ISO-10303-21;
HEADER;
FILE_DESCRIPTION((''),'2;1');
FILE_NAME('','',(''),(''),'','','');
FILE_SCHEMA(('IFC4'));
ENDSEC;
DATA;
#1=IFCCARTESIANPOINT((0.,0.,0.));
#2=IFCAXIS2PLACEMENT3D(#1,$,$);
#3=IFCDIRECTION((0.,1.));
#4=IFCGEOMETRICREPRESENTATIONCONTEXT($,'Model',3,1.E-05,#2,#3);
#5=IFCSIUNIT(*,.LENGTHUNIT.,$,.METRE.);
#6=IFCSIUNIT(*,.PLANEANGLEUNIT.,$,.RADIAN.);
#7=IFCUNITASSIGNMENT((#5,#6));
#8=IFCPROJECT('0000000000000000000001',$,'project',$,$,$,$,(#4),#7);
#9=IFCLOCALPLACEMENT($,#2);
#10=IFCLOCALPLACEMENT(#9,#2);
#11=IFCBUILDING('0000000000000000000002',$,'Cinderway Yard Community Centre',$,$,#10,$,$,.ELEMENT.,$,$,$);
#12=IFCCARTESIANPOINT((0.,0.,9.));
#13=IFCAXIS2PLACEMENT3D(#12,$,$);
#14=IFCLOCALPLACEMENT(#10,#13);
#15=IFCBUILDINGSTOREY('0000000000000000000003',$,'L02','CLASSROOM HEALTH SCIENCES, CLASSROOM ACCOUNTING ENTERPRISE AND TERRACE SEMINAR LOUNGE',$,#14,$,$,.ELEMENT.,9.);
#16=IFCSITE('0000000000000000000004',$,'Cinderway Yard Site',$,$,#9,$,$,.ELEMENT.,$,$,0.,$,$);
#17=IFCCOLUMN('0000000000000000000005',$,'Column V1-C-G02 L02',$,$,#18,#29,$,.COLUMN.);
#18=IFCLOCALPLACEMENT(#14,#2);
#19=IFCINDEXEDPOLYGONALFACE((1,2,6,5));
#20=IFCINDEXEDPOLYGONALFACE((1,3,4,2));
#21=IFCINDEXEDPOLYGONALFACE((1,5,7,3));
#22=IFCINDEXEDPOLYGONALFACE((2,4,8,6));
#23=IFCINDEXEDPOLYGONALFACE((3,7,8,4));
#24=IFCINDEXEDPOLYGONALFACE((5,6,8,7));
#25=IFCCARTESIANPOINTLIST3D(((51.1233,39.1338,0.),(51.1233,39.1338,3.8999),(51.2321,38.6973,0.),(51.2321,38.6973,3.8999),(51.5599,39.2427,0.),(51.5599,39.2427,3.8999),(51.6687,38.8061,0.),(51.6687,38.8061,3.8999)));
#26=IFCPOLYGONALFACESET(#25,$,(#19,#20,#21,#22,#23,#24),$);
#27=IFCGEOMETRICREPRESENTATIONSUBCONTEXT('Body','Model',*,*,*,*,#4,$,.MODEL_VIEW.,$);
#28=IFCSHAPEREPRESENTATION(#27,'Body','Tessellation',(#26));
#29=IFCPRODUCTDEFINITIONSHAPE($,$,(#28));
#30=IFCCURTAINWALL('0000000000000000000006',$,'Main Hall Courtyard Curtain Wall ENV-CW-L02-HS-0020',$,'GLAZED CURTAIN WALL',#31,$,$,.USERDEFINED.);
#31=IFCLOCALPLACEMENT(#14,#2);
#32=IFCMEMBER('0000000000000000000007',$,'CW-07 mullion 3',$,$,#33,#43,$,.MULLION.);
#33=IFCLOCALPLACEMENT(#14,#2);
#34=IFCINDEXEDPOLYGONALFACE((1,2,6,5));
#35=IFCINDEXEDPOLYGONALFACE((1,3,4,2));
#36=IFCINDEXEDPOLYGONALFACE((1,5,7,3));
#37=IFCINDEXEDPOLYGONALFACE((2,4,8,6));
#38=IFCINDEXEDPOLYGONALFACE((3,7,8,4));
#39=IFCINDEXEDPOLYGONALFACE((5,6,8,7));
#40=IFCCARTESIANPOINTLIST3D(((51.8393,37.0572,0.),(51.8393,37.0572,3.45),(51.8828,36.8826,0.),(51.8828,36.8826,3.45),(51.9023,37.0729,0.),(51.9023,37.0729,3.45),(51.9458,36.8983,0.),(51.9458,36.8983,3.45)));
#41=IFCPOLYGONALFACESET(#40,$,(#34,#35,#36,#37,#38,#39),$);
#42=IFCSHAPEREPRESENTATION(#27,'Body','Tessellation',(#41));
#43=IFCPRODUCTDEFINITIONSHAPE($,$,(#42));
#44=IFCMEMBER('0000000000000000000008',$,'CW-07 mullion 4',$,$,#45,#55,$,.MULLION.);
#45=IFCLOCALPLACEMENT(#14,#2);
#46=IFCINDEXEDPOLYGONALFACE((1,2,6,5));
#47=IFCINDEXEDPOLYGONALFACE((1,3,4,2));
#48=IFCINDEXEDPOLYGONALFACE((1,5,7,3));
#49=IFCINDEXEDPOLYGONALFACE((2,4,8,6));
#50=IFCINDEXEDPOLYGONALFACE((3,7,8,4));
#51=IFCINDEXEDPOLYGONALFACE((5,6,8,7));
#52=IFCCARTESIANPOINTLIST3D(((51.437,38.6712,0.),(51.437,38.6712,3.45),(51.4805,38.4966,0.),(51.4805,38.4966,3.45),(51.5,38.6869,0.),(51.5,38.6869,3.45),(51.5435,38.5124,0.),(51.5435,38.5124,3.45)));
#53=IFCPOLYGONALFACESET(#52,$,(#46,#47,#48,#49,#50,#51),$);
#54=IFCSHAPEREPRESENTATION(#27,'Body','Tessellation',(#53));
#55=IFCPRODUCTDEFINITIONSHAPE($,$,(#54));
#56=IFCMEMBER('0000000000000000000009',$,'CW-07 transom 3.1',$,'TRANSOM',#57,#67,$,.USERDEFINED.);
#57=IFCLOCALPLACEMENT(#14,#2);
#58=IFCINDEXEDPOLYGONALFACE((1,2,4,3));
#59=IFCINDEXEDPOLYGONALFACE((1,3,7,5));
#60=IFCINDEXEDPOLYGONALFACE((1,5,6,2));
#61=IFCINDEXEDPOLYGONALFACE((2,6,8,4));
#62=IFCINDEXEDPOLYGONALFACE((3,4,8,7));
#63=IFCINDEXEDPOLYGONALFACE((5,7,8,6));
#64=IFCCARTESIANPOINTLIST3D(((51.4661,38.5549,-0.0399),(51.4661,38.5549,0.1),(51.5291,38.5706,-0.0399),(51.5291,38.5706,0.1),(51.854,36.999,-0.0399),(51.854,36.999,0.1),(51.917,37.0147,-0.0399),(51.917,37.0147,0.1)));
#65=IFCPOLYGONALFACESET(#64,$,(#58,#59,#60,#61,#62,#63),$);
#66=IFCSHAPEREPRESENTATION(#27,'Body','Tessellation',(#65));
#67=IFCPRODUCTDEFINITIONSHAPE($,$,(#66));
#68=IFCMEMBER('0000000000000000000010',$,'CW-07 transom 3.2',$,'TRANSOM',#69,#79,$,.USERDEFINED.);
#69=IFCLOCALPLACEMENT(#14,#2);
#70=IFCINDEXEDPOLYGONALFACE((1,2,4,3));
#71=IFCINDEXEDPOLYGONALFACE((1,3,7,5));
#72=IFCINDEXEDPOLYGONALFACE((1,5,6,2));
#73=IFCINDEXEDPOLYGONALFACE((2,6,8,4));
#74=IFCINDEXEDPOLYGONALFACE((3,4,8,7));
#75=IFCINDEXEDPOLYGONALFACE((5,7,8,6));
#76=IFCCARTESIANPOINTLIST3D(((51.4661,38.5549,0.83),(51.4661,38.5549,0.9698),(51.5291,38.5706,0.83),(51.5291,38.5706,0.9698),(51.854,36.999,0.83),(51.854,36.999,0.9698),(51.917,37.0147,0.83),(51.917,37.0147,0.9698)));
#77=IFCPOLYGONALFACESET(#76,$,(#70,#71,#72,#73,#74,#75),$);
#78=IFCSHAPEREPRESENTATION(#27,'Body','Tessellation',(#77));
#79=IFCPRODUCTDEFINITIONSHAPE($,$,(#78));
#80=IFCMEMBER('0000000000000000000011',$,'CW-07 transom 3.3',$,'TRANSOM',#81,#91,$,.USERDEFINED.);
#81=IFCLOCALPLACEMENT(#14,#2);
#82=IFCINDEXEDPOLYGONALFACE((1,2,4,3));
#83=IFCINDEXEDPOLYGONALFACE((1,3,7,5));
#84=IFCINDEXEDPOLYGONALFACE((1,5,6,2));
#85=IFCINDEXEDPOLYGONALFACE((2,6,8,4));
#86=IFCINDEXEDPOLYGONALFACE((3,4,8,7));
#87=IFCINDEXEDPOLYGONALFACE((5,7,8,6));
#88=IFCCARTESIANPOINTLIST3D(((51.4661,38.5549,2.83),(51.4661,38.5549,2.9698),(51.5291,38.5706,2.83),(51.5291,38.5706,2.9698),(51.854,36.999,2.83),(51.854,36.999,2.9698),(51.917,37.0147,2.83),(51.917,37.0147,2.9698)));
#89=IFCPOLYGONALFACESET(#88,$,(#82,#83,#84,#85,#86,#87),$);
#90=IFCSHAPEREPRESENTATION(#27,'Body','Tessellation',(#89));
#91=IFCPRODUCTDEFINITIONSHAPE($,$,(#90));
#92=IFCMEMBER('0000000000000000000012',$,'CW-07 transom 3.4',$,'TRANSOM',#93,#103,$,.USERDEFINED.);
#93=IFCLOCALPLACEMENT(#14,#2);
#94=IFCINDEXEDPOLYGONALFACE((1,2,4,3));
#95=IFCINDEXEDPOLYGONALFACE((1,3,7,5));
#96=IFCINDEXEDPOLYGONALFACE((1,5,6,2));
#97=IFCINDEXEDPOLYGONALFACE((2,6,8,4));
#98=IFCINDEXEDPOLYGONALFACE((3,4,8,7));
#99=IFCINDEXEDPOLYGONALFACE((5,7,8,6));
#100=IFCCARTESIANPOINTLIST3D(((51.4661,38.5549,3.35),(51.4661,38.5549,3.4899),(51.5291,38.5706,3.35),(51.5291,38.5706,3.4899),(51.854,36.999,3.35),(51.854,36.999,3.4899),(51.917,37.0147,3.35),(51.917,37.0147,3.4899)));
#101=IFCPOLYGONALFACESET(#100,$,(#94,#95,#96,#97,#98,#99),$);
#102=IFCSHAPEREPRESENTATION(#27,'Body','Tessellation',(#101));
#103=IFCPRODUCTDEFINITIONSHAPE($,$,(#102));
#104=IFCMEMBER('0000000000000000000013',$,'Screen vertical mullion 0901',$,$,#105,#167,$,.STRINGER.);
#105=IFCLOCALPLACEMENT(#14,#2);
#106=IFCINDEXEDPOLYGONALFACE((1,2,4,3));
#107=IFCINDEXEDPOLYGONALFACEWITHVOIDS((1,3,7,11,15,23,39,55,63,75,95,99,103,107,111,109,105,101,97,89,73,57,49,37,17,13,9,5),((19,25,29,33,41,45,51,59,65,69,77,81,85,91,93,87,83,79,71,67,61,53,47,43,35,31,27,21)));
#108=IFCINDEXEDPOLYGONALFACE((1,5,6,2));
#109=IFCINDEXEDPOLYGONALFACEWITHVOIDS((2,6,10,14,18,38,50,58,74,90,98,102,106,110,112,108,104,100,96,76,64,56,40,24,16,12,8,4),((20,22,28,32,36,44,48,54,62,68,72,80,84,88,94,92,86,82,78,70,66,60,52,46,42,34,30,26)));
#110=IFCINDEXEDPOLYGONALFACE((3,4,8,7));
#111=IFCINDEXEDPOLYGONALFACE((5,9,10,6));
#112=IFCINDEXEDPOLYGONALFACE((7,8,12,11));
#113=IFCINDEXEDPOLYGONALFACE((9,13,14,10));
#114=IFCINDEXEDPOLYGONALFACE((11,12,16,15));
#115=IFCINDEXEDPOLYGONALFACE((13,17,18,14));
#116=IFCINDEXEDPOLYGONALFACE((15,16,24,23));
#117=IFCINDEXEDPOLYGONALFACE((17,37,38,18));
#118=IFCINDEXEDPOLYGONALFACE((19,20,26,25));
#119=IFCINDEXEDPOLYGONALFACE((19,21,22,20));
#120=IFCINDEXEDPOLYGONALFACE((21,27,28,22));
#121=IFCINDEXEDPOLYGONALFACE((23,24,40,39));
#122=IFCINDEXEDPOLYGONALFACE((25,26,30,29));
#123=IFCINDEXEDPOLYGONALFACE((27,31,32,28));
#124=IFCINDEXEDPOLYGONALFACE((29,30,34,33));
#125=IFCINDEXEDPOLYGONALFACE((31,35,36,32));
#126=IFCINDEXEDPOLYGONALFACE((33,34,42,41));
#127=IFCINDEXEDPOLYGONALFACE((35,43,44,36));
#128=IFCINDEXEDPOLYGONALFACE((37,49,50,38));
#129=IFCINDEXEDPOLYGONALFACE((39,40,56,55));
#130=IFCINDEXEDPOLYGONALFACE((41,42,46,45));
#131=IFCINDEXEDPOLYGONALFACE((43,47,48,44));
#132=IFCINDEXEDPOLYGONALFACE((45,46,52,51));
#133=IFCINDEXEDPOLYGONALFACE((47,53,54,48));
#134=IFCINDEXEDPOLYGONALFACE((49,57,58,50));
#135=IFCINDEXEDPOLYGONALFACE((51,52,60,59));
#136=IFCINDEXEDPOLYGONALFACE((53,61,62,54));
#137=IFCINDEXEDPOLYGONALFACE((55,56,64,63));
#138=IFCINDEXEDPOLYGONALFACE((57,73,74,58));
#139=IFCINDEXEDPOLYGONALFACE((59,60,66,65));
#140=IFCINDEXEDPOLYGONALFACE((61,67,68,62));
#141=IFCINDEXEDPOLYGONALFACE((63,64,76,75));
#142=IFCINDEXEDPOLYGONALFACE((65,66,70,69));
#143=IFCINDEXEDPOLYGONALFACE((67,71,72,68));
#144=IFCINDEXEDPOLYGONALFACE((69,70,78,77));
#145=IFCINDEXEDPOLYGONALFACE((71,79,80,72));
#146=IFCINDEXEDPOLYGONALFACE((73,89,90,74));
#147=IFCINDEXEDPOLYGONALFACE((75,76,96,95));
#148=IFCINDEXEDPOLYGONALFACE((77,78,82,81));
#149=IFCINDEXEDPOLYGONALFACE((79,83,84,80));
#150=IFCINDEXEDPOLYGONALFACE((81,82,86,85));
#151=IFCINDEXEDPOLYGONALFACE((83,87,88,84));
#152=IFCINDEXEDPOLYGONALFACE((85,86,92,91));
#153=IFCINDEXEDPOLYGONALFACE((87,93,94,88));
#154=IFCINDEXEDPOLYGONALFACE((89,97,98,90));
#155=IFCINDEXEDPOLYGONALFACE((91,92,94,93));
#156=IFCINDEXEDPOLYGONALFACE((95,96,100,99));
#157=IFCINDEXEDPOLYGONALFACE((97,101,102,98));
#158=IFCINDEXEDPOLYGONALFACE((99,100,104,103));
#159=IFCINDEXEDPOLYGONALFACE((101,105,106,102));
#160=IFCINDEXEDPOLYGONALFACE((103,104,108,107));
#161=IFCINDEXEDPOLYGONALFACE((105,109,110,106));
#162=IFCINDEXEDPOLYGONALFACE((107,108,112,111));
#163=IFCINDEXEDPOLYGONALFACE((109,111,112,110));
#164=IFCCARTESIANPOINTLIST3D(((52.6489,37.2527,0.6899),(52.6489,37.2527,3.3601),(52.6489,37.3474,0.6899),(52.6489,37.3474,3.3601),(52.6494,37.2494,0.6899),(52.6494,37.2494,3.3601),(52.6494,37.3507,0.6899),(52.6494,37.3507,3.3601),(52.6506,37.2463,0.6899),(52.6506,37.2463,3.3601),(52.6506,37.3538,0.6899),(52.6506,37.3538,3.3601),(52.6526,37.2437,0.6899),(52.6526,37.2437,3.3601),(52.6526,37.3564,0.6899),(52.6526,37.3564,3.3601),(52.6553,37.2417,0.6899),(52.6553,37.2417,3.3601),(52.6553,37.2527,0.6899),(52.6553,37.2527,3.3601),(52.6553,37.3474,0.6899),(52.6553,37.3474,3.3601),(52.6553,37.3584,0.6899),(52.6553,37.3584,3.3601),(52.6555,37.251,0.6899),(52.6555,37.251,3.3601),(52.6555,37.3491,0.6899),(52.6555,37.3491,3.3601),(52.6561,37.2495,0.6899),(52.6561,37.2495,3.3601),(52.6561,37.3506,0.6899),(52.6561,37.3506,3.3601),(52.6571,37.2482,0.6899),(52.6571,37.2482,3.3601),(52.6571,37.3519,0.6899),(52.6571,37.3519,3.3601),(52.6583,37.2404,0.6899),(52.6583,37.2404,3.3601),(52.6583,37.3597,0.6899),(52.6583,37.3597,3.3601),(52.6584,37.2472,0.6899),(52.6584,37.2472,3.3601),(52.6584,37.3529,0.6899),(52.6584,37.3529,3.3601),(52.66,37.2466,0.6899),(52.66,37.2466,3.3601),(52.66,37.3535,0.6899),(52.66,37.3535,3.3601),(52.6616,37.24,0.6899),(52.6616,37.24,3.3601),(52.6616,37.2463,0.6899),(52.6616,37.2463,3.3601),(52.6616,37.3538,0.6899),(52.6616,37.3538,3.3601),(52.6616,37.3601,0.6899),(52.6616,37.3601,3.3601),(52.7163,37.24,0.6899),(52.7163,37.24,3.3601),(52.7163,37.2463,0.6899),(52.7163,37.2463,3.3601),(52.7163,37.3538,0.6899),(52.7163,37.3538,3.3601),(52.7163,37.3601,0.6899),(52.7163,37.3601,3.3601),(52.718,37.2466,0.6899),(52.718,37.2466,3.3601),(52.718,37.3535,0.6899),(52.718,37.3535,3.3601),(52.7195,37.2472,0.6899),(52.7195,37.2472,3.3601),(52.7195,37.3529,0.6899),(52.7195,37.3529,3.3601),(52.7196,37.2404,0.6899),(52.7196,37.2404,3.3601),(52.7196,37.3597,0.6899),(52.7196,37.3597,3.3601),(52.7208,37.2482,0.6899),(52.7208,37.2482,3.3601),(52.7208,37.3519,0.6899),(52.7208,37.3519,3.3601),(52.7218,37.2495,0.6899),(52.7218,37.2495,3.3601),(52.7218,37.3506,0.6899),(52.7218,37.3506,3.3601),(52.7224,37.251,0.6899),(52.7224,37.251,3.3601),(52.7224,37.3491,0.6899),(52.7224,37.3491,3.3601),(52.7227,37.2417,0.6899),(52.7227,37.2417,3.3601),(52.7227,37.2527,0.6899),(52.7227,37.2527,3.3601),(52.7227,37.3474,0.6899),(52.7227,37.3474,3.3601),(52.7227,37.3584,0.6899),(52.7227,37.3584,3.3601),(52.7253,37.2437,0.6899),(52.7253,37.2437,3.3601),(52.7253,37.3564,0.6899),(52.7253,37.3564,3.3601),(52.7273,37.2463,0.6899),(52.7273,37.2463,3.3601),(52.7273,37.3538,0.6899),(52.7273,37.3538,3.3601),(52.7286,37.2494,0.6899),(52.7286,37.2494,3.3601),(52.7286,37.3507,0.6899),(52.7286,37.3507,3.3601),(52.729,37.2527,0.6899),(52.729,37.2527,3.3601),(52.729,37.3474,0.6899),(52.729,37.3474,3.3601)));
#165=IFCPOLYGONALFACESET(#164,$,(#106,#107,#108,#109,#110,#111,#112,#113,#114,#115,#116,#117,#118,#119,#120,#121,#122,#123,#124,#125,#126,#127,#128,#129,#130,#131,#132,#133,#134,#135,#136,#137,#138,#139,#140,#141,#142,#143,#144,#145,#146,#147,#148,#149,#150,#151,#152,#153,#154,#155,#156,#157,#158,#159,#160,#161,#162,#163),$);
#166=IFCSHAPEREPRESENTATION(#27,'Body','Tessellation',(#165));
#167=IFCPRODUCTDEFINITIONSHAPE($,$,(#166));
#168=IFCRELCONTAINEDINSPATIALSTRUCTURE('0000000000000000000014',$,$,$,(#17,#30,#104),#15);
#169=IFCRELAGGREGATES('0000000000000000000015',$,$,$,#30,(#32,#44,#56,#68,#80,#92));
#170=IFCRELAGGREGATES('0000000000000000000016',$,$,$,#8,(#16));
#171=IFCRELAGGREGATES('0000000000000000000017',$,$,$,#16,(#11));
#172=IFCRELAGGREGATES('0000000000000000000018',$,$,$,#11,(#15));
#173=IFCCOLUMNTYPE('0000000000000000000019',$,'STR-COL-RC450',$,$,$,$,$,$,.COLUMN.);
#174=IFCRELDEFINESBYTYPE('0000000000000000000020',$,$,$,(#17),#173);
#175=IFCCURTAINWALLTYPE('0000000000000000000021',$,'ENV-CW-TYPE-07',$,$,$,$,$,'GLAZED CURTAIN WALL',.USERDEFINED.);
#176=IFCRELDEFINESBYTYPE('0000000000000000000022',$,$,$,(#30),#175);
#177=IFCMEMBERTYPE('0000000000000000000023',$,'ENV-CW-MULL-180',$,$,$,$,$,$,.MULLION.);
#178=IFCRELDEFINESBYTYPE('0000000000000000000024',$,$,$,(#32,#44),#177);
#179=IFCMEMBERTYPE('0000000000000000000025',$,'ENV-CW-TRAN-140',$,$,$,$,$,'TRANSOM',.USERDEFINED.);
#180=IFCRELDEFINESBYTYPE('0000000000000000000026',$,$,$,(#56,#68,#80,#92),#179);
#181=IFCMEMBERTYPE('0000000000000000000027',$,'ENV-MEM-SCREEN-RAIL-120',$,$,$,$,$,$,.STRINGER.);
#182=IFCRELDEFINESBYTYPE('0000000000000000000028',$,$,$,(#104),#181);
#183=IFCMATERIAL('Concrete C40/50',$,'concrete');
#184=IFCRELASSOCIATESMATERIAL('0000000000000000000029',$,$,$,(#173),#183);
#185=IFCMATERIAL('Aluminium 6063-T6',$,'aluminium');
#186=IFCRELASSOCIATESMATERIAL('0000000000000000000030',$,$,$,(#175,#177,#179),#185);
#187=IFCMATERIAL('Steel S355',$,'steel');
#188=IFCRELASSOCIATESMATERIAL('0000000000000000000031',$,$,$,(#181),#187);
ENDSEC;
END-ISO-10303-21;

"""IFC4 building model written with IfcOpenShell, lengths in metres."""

from ifc_helpers import new_model, si_unit, direction, frame, origin, origin_2d, place, context, subcontext, project, spatial, rectangle, hollow_rectangle, extrude, material, material_profile, profile_set, type_object, element, aggregate, save


model = new_model("IFC4")

# Units and contexts
model_context = context("Model", 3, precision=1e-05, world=origin(), true_north=direction((0.0, 1.0)))
body_context = subcontext(model_context, "Body", "Model", "MODEL_VIEW")
ifc_project = project(units=[si_unit("LENGTHUNIT", "METRE"), si_unit("PLANEANGLEUNIT", "RADIAN")], contexts=[model_context])

# Site, building, storey
site_placement = place(None, origin())
site = spatial("IfcSite", under=ifc_project, at=site_placement, Name="Cinderway Yard Site", CompositionType="ELEMENT", RefElevation=0.0)
building_placement = place(site_placement, origin())
building = spatial("IfcBuilding", under=site, at=building_placement, Name="Cinderway Yard Community Centre", CompositionType="ELEMENT")
storey_placement = place(building_placement, frame((0.0, 0.0, 9.0)))
storey = spatial("IfcBuildingStorey", under=building, at=storey_placement, Name="L02", Description="CLASSROOM HEALTH SCIENCES, CLASSROOM ACCOUNTING ENTERPRISE AND TERRACE SEMINAR LOUNGE", CompositionType="ELEMENT", Elevation=9.0)

# Column
ifc_material_1 = material(Name="Concrete C40/50", Category="concrete")
ifc_material_profile_1 = material_profile(ifc_material_1, rectangle(XDim=0.45, YDim=0.45, at=origin_2d()), Name="Concrete C40/50")
ifc_profile_set_1 = profile_set([ifc_material_profile_1], Name="Concrete C40/50")
column_type = type_object("IfcColumnType", Name="STR-COL-RC450", PredefinedType="COLUMN", material=ifc_profile_set_1)
column_placement = place(storey_placement, frame((51.396, 38.97, 0.0), z_axis=(0.0, 0.0, 1.0), x_axis=(0.970296, 0.241922, 0.0)))
element("IfcColumn", 1, at=column_placement, inside=storey, type_object=column_type, Name="Column V1-C-G02 L02", PredefinedType="COLUMN", context=body_context, shape_type="SweptSolid", body=[
    extrude(rectangle(XDim=0.45, YDim=0.45, at=origin_2d()), origin(), (0.0, 0.0, 1.0), 3.8999),
])

# Curtain wall, members
ifc_material_2 = material(Name="Aluminium 6063-T6", Category="aluminium")
curtain_wall_type = type_object("IfcCurtainWallType", Name="ENV-CW-TYPE-07", ElementType="GLAZED CURTAIN WALL", PredefinedType="USERDEFINED", material=ifc_material_2)
curtain_wall_placement = place(storey_placement, origin())
curtain_wall = element("IfcCurtainWall", 2, at=curtain_wall_placement, inside=storey, type_object=curtain_wall_type, Name="Main Hall Courtyard Curtain Wall ENV-CW-L02-HS-0020", ObjectType="GLAZED CURTAIN WALL", PredefinedType="USERDEFINED")
ifc_material_profile_2 = material_profile(ifc_material_2, rectangle(XDim=0.0649, YDim=0.1799, at=origin_2d()), Name="Aluminium 6063-T6")
ifc_profile_set_2 = profile_set([ifc_material_profile_2], Name="Aluminium 6063-T6")
member_type_1 = type_object("IfcMemberType", Name="ENV-CW-MULL-180", PredefinedType="MULLION", material=ifc_profile_set_2)
member_1_placement = place(storey_placement, frame((51.8926, 36.9778, 0.0), z_axis=(0.0, 0.0, 1.0), x_axis=(-0.970304, -0.241887, 0.0)))
member_1 = element("IfcMember", 3, at=member_1_placement, type_object=member_type_1, Name="CW-07 mullion 3", PredefinedType="MULLION", context=body_context, shape_type="SweptSolid", body=[
    extrude(rectangle(XDim=0.0649, YDim=0.1799, at=origin_2d()), origin(), (0.0, 0.0, 1.0), 3.45),
])
member_2_placement = place(storey_placement, frame((51.4902, 38.5918, 0.0), z_axis=(0.0, 0.0, 1.0), x_axis=(-0.970304, -0.241887, 0.0)))
member_2 = element("IfcMember", 4, at=member_2_placement, type_object=member_type_1, Name="CW-07 mullion 4", PredefinedType="MULLION", context=body_context, shape_type="SweptSolid", body=[
    extrude(rectangle(XDim=0.0649, YDim=0.1799, at=origin_2d()), origin(), (0.0, 0.0, 1.0), 3.45),
])
ifc_material_profile_3 = material_profile(ifc_material_2, rectangle(XDim=0.0649, YDim=0.1399, at=origin_2d()), Name="Aluminium 6063-T6")
ifc_profile_set_3 = profile_set([ifc_material_profile_3], Name="Aluminium 6063-T6")
member_type_2 = type_object("IfcMemberType", Name="ENV-CW-TRAN-140", ElementType="TRANSOM", PredefinedType="USERDEFINED", material=ifc_profile_set_3)
member_3_placement = place(storey_placement, frame((51.8855, 37.0068, 0.03), z_axis=(-0.241927, 0.970295, 0.0), x_axis=(-0.970295, -0.241927, 0.0)))
member_3 = element("IfcMember", 5, at=member_3_placement, type_object=member_type_2, Name="CW-07 transom 3.1", ObjectType="TRANSOM", PredefinedType="USERDEFINED", context=body_context, shape_type="SweptSolid", body=[
    extrude(rectangle(XDim=0.0649, YDim=0.1399, at=origin_2d()), origin(), (0.0, 0.0, 1.0), 1.6035),
])
member_4_placement = place(storey_placement, frame((51.8855, 37.0068, 0.8999), z_axis=(-0.241927, 0.970295, 0.0), x_axis=(-0.970295, -0.241927, 0.0)))
member_4 = element("IfcMember", 6, at=member_4_placement, type_object=member_type_2, Name="CW-07 transom 3.2", ObjectType="TRANSOM", PredefinedType="USERDEFINED", context=body_context, shape_type="SweptSolid", body=[
    extrude(rectangle(XDim=0.0649, YDim=0.1399, at=origin_2d()), origin(), (0.0, 0.0, 1.0), 1.6035),
])
member_5_placement = place(storey_placement, frame((51.8855, 37.0068, 2.8999), z_axis=(-0.241927, 0.970295, 0.0), x_axis=(-0.970295, -0.241927, 0.0)))
member_5 = element("IfcMember", 7, at=member_5_placement, type_object=member_type_2, Name="CW-07 transom 3.3", ObjectType="TRANSOM", PredefinedType="USERDEFINED", context=body_context, shape_type="SweptSolid", body=[
    extrude(rectangle(XDim=0.0649, YDim=0.1399, at=origin_2d()), origin(), (0.0, 0.0, 1.0), 1.6035),
])
member_6_placement = place(storey_placement, frame((51.8855, 37.0068, 3.4199), z_axis=(-0.241927, 0.970295, 0.0), x_axis=(-0.970295, -0.241927, 0.0)))
member_6 = element("IfcMember", 8, at=member_6_placement, type_object=member_type_2, Name="CW-07 transom 3.4", ObjectType="TRANSOM", PredefinedType="USERDEFINED", context=body_context, shape_type="SweptSolid", body=[
    extrude(rectangle(XDim=0.0649, YDim=0.1399, at=origin_2d()), origin(), (0.0, 0.0, 1.0), 1.6035),
])

# Member
ifc_material_3 = material(Name="Steel S355", Category="steel")
ifc_material_profile_4 = material_profile(ifc_material_3, hollow_rectangle(XDim=0.0801, YDim=0.1201, WallThickness=0.0063, InnerFilletRadius=0.0063, OuterFilletRadius=0.0127, at=origin_2d()), Name="Steel S355")
ifc_profile_set_4 = profile_set([ifc_material_profile_4], Name="Steel S355")
member_type_3 = type_object("IfcMemberType", Name="ENV-MEM-SCREEN-RAIL-120", PredefinedType="STRINGER", material=ifc_profile_set_4)
for number, where, z_axis, x_axis, name in (
    (9, (52.689, 37.3, 0.6899), (0.0, 0.0, 1.0), (1.0, 0.0, 0.0), "Screen vertical mullion 0901"),
):
    element("IfcMember", number, at=place(storey_placement, frame(where, z_axis=z_axis, x_axis=x_axis)), inside=storey, type_object=member_type_3, Name=name, PredefinedType="STRINGER", context=body_context, shape_type="SweptSolid", body=[
        extrude(hollow_rectangle(XDim=0.0801, YDim=0.1201, WallThickness=0.0063, InnerFilletRadius=0.0063, OuterFilletRadius=0.0127, at=origin_2d()), origin(), (0.0, 0.0, 1.0), 2.6702),
    ])

aggregate(curtain_wall, [member_1, member_2, member_3, member_4, member_5, member_6])

save(model, "model.ifc")
